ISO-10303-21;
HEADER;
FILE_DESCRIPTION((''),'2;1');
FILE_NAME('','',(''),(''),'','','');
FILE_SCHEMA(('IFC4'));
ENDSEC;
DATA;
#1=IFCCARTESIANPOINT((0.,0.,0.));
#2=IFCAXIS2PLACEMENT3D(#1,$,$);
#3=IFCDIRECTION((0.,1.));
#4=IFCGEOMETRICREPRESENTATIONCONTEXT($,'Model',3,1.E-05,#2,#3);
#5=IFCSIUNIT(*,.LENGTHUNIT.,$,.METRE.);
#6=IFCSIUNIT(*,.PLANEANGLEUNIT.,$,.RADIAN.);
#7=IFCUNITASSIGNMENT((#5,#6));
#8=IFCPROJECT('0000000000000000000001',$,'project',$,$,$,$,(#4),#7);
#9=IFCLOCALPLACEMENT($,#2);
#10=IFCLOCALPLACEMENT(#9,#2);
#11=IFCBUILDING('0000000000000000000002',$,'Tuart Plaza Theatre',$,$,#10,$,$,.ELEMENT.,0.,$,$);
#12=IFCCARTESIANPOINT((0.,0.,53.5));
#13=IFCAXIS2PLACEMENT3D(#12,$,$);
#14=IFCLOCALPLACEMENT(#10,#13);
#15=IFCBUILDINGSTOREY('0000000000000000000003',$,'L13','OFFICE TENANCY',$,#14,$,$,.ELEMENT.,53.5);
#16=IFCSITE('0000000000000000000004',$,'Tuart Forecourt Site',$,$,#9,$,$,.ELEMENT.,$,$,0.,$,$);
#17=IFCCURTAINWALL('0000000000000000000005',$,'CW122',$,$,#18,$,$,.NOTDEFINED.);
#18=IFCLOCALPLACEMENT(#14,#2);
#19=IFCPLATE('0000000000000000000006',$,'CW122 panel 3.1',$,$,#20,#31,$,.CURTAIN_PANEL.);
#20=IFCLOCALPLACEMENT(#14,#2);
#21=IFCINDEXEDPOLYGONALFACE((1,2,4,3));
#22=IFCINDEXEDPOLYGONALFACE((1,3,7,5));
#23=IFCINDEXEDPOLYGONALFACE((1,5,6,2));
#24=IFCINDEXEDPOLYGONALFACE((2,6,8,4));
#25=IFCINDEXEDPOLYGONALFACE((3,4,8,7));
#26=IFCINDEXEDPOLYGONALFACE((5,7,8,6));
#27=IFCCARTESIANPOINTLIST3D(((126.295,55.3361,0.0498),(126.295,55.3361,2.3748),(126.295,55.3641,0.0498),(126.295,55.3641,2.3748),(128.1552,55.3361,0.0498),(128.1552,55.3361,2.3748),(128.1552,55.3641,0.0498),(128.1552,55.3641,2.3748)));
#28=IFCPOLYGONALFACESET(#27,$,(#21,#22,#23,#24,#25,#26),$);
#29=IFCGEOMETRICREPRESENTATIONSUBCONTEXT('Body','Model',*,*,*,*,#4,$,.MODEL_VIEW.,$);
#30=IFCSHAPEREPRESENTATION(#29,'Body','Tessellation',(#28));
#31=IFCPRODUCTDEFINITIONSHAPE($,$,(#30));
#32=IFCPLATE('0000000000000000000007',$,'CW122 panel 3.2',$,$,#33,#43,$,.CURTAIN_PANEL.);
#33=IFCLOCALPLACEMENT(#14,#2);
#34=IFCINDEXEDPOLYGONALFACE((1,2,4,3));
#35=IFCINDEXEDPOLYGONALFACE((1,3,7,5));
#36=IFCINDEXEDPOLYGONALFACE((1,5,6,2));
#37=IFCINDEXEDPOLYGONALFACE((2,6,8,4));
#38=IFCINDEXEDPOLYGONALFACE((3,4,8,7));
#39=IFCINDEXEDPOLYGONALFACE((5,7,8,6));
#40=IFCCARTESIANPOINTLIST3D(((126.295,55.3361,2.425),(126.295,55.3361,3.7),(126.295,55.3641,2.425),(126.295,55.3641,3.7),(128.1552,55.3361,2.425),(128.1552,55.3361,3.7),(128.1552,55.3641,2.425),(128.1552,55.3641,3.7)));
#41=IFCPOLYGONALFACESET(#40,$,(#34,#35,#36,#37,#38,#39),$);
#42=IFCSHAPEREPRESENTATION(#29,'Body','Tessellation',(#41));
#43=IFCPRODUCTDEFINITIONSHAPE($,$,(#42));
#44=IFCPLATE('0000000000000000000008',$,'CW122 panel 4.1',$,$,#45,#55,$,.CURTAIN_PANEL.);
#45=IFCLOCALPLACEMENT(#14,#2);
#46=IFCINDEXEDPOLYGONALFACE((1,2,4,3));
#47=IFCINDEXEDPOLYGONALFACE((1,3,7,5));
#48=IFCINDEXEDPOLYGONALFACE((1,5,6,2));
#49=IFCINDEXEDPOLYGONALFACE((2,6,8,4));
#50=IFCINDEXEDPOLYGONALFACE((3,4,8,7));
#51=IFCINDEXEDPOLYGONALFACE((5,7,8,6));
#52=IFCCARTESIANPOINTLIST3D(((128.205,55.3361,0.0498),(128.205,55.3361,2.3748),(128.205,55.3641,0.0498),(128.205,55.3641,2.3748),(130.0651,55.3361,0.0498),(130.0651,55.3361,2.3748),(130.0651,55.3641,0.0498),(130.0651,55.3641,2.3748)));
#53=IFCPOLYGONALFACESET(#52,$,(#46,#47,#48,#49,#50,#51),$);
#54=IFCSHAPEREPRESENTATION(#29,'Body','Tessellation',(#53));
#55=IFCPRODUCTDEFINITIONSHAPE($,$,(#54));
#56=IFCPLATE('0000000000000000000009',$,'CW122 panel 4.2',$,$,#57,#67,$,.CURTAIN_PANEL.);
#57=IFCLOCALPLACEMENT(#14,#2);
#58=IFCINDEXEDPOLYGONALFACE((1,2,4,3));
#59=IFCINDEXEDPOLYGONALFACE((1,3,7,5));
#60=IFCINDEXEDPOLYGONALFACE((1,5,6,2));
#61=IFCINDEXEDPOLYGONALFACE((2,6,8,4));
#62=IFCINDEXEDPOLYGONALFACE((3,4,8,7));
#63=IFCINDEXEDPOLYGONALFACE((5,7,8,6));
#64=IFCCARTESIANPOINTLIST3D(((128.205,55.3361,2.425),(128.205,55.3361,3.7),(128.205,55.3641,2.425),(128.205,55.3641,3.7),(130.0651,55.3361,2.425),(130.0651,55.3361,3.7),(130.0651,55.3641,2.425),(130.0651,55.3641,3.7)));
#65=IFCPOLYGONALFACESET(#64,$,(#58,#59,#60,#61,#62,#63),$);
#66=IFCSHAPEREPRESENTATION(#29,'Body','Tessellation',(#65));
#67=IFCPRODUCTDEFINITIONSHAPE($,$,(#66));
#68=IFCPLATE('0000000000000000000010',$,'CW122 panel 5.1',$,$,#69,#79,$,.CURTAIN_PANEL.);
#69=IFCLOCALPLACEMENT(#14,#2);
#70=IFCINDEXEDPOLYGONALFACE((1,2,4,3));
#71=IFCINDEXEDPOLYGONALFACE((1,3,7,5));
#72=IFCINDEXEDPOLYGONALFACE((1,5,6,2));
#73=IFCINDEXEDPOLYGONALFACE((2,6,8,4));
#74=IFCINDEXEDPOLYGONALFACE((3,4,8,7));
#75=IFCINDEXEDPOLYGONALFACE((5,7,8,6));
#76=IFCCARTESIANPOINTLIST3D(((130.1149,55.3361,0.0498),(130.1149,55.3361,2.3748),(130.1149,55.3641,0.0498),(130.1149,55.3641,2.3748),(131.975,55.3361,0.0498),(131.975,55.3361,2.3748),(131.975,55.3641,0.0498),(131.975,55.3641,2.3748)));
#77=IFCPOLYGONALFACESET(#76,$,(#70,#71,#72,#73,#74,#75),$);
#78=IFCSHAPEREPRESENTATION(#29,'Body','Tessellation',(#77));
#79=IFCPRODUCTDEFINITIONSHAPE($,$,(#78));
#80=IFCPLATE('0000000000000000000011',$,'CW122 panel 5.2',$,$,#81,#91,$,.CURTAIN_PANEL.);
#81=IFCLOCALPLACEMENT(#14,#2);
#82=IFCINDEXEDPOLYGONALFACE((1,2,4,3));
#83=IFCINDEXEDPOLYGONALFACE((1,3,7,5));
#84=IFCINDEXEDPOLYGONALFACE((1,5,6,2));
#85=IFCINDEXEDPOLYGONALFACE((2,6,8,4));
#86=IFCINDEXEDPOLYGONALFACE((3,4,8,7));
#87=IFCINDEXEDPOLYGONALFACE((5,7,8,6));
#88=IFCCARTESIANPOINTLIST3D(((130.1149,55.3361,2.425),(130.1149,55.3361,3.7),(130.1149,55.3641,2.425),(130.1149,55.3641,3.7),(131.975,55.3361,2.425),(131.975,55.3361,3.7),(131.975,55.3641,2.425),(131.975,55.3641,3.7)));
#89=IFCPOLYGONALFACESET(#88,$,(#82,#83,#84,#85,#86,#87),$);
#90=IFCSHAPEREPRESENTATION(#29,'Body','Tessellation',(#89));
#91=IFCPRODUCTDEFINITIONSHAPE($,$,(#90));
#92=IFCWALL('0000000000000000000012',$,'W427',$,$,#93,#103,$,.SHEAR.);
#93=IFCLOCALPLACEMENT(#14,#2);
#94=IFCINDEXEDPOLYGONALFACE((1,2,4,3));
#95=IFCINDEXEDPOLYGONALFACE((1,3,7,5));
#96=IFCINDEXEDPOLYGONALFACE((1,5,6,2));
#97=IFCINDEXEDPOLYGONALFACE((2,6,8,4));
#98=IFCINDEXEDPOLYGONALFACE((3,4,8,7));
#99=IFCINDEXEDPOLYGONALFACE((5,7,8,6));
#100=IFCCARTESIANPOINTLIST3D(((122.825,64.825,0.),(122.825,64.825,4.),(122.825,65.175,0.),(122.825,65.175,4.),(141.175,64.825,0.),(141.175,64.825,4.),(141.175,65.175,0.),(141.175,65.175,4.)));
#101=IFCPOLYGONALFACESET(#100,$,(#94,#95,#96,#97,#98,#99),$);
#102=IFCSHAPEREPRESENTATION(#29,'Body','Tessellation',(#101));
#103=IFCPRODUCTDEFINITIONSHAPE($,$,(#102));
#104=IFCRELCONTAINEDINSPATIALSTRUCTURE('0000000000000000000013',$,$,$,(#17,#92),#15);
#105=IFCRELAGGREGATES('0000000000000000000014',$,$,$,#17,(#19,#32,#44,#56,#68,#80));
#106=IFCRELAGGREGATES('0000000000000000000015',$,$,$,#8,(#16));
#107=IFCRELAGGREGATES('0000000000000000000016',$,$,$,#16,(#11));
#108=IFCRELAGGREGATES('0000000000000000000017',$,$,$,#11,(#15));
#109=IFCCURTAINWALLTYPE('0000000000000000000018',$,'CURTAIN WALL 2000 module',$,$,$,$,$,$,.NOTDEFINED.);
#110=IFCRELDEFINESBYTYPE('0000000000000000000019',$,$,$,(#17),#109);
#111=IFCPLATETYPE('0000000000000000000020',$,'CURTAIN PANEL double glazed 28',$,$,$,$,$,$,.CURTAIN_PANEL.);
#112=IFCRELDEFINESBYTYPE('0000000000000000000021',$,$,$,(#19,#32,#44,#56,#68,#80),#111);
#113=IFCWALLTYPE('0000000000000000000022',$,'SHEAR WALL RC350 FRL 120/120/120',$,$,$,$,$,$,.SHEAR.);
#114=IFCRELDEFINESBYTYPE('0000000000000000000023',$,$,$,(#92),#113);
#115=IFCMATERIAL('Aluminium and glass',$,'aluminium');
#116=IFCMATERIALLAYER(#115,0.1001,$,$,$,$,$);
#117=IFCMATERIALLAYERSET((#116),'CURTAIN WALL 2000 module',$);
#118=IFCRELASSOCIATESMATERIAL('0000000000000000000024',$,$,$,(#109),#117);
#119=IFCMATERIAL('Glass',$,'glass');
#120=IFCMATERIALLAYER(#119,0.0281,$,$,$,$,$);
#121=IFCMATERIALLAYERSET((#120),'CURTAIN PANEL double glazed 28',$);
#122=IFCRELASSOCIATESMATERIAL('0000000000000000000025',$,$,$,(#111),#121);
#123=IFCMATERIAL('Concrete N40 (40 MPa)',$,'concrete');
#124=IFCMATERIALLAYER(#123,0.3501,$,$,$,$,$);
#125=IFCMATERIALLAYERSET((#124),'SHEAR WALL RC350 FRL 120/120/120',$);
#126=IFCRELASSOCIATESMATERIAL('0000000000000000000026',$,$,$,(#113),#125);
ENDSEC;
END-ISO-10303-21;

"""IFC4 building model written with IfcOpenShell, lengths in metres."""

from ifc_helpers import new_model, si_unit, direction, frame, frame_2d, origin, origin_2d, place, context, subcontext, project, spatial, rectangle, extrude, material, layer, layer_set, type_object, element, aggregate, save


model = new_model("IFC4")

# Units and contexts
model_context = context("Model", 3, precision=1e-05, world=origin(), true_north=direction((0.0, 1.0)))
body_context = subcontext(model_context, "Body", "Model", "MODEL_VIEW")
ifc_project = project(units=[si_unit("LENGTHUNIT", "METRE"), si_unit("PLANEANGLEUNIT", "RADIAN")], contexts=[model_context])

# Site, building, storey
site_placement = place(None, origin())
site = spatial("IfcSite", under=ifc_project, at=site_placement, Name="Tuart Forecourt Site", CompositionType="ELEMENT", RefElevation=0.0)
building_placement = place(site_placement, origin())
building = spatial("IfcBuilding", under=site, at=building_placement, Name="Tuart Plaza Theatre", CompositionType="ELEMENT", ElevationOfRefHeight=0.0)
storey_placement = place(building_placement, frame((0.0, 0.0, 53.5)))
storey = spatial("IfcBuildingStorey", under=building, at=storey_placement, Name="L13", Description="OFFICE TENANCY", CompositionType="ELEMENT", Elevation=53.5)

# Curtain wall, plates
ifc_material_1 = material(Name="Aluminium and glass", Category="aluminium")
ifc_layer_1 = layer(ifc_material_1, 0.1001)
ifc_layer_set_1 = layer_set([ifc_layer_1], Name="CURTAIN WALL 2000 module")
curtain_wall_type = type_object("IfcCurtainWallType", Name="CURTAIN WALL 2000 module", PredefinedType="NOTDEFINED", material=ifc_layer_set_1)
curtain_wall_placement = place(storey_placement, origin())
curtain_wall = element("IfcCurtainWall", 1, at=curtain_wall_placement, inside=storey, type_object=curtain_wall_type, Name="CW122", PredefinedType="NOTDEFINED")
ifc_material_2 = material(Name="Glass", Category="glass")
ifc_layer_2 = layer(ifc_material_2, 0.0281)
ifc_layer_set_2 = layer_set([ifc_layer_2], Name="CURTAIN PANEL double glazed 28")
plate_type = type_object("IfcPlateType", Name="CURTAIN PANEL double glazed 28", PredefinedType="CURTAIN_PANEL", material=ifc_layer_set_2)
plate_1_placement = place(storey_placement, frame((127.2251, 55.3501, 0.0498), z_axis=(0.0, 0.0, 1.0), x_axis=(1.0, 0.0, 0.0)))
plate_1 = element("IfcPlate", 2, at=plate_1_placement, type_object=plate_type, Name="CW122 panel 3.1", PredefinedType="CURTAIN_PANEL", context=body_context, shape_type="SweptSolid", body=[
    extrude(rectangle(XDim=1.8601, YDim=0.0281, at=origin_2d()), origin(), (0.0, 0.0, 1.0), 2.325),
])
plate_2_placement = place(storey_placement, frame((127.2251, 55.3501, 2.425), z_axis=(0.0, 0.0, 1.0), x_axis=(1.0, 0.0, 0.0)))
plate_2 = element("IfcPlate", 3, at=plate_2_placement, type_object=plate_type, Name="CW122 panel 3.2", PredefinedType="CURTAIN_PANEL", context=body_context, shape_type="SweptSolid", body=[
    extrude(rectangle(XDim=1.8601, YDim=0.0281, at=origin_2d()), origin(), (0.0, 0.0, 1.0), 1.2749),
])
plate_3_placement = place(storey_placement, frame((129.135, 55.3501, 0.0498), z_axis=(0.0, 0.0, 1.0), x_axis=(1.0, 0.0, 0.0)))
plate_3 = element("IfcPlate", 4, at=plate_3_placement, type_object=plate_type, Name="CW122 panel 4.1", PredefinedType="CURTAIN_PANEL", context=body_context, shape_type="SweptSolid", body=[
    extrude(rectangle(XDim=1.8601, YDim=0.0281, at=origin_2d()), origin(), (0.0, 0.0, 1.0), 2.325),
])
plate_4_placement = place(storey_placement, frame((129.135, 55.3501, 2.425), z_axis=(0.0, 0.0, 1.0), x_axis=(1.0, 0.0, 0.0)))
plate_4 = element("IfcPlate", 5, at=plate_4_placement, type_object=plate_type, Name="CW122 panel 4.2", PredefinedType="CURTAIN_PANEL", context=body_context, shape_type="SweptSolid", body=[
    extrude(rectangle(XDim=1.8601, YDim=0.0281, at=origin_2d()), origin(), (0.0, 0.0, 1.0), 1.2749),
])
plate_5_placement = place(storey_placement, frame((131.0449, 55.3501, 0.0498), z_axis=(0.0, 0.0, 1.0), x_axis=(1.0, 0.0, 0.0)))
plate_5 = element("IfcPlate", 6, at=plate_5_placement, type_object=plate_type, Name="CW122 panel 5.1", PredefinedType="CURTAIN_PANEL", context=body_context, shape_type="SweptSolid", body=[
    extrude(rectangle(XDim=1.8601, YDim=0.0281, at=origin_2d()), origin(), (0.0, 0.0, 1.0), 2.325),
])
plate_6_placement = place(storey_placement, frame((131.0449, 55.3501, 2.425), z_axis=(0.0, 0.0, 1.0), x_axis=(1.0, 0.0, 0.0)))
plate_6 = element("IfcPlate", 7, at=plate_6_placement, type_object=plate_type, Name="CW122 panel 5.2", PredefinedType="CURTAIN_PANEL", context=body_context, shape_type="SweptSolid", body=[
    extrude(rectangle(XDim=1.8601, YDim=0.0281, at=origin_2d()), origin(), (0.0, 0.0, 1.0), 1.2749),
])
aggregate(curtain_wall, [plate_1, plate_2, plate_3, plate_4, plate_5, plate_6])

# Wall
ifc_material_3 = material(Name="Concrete N40 (40 MPa)", Category="concrete")
ifc_layer_3 = layer(ifc_material_3, 0.3501)
ifc_layer_set_3 = layer_set([ifc_layer_3], Name="SHEAR WALL RC350 FRL 120/120/120")
wall_type = type_object("IfcWallType", Name="SHEAR WALL RC350 FRL 120/120/120", PredefinedType="SHEAR", material=ifc_layer_set_3)
wall_placement = place(storey_placement, frame((122.825, 65.0, 0.0), z_axis=(0.0, 0.0, 1.0), x_axis=(1.0, 0.0, 0.0)))
element("IfcWall", 8, at=wall_placement, inside=storey, type_object=wall_type, Name="W427", PredefinedType="SHEAR", context=body_context, shape_type="SweptSolid", body=[
    extrude(rectangle(XDim=18.3501, YDim=0.3501, at=frame_2d((9.175, 0.0))), origin(), (0.0, 0.0, 1.0), 4.0),
])

save(model, "model.ifc")
